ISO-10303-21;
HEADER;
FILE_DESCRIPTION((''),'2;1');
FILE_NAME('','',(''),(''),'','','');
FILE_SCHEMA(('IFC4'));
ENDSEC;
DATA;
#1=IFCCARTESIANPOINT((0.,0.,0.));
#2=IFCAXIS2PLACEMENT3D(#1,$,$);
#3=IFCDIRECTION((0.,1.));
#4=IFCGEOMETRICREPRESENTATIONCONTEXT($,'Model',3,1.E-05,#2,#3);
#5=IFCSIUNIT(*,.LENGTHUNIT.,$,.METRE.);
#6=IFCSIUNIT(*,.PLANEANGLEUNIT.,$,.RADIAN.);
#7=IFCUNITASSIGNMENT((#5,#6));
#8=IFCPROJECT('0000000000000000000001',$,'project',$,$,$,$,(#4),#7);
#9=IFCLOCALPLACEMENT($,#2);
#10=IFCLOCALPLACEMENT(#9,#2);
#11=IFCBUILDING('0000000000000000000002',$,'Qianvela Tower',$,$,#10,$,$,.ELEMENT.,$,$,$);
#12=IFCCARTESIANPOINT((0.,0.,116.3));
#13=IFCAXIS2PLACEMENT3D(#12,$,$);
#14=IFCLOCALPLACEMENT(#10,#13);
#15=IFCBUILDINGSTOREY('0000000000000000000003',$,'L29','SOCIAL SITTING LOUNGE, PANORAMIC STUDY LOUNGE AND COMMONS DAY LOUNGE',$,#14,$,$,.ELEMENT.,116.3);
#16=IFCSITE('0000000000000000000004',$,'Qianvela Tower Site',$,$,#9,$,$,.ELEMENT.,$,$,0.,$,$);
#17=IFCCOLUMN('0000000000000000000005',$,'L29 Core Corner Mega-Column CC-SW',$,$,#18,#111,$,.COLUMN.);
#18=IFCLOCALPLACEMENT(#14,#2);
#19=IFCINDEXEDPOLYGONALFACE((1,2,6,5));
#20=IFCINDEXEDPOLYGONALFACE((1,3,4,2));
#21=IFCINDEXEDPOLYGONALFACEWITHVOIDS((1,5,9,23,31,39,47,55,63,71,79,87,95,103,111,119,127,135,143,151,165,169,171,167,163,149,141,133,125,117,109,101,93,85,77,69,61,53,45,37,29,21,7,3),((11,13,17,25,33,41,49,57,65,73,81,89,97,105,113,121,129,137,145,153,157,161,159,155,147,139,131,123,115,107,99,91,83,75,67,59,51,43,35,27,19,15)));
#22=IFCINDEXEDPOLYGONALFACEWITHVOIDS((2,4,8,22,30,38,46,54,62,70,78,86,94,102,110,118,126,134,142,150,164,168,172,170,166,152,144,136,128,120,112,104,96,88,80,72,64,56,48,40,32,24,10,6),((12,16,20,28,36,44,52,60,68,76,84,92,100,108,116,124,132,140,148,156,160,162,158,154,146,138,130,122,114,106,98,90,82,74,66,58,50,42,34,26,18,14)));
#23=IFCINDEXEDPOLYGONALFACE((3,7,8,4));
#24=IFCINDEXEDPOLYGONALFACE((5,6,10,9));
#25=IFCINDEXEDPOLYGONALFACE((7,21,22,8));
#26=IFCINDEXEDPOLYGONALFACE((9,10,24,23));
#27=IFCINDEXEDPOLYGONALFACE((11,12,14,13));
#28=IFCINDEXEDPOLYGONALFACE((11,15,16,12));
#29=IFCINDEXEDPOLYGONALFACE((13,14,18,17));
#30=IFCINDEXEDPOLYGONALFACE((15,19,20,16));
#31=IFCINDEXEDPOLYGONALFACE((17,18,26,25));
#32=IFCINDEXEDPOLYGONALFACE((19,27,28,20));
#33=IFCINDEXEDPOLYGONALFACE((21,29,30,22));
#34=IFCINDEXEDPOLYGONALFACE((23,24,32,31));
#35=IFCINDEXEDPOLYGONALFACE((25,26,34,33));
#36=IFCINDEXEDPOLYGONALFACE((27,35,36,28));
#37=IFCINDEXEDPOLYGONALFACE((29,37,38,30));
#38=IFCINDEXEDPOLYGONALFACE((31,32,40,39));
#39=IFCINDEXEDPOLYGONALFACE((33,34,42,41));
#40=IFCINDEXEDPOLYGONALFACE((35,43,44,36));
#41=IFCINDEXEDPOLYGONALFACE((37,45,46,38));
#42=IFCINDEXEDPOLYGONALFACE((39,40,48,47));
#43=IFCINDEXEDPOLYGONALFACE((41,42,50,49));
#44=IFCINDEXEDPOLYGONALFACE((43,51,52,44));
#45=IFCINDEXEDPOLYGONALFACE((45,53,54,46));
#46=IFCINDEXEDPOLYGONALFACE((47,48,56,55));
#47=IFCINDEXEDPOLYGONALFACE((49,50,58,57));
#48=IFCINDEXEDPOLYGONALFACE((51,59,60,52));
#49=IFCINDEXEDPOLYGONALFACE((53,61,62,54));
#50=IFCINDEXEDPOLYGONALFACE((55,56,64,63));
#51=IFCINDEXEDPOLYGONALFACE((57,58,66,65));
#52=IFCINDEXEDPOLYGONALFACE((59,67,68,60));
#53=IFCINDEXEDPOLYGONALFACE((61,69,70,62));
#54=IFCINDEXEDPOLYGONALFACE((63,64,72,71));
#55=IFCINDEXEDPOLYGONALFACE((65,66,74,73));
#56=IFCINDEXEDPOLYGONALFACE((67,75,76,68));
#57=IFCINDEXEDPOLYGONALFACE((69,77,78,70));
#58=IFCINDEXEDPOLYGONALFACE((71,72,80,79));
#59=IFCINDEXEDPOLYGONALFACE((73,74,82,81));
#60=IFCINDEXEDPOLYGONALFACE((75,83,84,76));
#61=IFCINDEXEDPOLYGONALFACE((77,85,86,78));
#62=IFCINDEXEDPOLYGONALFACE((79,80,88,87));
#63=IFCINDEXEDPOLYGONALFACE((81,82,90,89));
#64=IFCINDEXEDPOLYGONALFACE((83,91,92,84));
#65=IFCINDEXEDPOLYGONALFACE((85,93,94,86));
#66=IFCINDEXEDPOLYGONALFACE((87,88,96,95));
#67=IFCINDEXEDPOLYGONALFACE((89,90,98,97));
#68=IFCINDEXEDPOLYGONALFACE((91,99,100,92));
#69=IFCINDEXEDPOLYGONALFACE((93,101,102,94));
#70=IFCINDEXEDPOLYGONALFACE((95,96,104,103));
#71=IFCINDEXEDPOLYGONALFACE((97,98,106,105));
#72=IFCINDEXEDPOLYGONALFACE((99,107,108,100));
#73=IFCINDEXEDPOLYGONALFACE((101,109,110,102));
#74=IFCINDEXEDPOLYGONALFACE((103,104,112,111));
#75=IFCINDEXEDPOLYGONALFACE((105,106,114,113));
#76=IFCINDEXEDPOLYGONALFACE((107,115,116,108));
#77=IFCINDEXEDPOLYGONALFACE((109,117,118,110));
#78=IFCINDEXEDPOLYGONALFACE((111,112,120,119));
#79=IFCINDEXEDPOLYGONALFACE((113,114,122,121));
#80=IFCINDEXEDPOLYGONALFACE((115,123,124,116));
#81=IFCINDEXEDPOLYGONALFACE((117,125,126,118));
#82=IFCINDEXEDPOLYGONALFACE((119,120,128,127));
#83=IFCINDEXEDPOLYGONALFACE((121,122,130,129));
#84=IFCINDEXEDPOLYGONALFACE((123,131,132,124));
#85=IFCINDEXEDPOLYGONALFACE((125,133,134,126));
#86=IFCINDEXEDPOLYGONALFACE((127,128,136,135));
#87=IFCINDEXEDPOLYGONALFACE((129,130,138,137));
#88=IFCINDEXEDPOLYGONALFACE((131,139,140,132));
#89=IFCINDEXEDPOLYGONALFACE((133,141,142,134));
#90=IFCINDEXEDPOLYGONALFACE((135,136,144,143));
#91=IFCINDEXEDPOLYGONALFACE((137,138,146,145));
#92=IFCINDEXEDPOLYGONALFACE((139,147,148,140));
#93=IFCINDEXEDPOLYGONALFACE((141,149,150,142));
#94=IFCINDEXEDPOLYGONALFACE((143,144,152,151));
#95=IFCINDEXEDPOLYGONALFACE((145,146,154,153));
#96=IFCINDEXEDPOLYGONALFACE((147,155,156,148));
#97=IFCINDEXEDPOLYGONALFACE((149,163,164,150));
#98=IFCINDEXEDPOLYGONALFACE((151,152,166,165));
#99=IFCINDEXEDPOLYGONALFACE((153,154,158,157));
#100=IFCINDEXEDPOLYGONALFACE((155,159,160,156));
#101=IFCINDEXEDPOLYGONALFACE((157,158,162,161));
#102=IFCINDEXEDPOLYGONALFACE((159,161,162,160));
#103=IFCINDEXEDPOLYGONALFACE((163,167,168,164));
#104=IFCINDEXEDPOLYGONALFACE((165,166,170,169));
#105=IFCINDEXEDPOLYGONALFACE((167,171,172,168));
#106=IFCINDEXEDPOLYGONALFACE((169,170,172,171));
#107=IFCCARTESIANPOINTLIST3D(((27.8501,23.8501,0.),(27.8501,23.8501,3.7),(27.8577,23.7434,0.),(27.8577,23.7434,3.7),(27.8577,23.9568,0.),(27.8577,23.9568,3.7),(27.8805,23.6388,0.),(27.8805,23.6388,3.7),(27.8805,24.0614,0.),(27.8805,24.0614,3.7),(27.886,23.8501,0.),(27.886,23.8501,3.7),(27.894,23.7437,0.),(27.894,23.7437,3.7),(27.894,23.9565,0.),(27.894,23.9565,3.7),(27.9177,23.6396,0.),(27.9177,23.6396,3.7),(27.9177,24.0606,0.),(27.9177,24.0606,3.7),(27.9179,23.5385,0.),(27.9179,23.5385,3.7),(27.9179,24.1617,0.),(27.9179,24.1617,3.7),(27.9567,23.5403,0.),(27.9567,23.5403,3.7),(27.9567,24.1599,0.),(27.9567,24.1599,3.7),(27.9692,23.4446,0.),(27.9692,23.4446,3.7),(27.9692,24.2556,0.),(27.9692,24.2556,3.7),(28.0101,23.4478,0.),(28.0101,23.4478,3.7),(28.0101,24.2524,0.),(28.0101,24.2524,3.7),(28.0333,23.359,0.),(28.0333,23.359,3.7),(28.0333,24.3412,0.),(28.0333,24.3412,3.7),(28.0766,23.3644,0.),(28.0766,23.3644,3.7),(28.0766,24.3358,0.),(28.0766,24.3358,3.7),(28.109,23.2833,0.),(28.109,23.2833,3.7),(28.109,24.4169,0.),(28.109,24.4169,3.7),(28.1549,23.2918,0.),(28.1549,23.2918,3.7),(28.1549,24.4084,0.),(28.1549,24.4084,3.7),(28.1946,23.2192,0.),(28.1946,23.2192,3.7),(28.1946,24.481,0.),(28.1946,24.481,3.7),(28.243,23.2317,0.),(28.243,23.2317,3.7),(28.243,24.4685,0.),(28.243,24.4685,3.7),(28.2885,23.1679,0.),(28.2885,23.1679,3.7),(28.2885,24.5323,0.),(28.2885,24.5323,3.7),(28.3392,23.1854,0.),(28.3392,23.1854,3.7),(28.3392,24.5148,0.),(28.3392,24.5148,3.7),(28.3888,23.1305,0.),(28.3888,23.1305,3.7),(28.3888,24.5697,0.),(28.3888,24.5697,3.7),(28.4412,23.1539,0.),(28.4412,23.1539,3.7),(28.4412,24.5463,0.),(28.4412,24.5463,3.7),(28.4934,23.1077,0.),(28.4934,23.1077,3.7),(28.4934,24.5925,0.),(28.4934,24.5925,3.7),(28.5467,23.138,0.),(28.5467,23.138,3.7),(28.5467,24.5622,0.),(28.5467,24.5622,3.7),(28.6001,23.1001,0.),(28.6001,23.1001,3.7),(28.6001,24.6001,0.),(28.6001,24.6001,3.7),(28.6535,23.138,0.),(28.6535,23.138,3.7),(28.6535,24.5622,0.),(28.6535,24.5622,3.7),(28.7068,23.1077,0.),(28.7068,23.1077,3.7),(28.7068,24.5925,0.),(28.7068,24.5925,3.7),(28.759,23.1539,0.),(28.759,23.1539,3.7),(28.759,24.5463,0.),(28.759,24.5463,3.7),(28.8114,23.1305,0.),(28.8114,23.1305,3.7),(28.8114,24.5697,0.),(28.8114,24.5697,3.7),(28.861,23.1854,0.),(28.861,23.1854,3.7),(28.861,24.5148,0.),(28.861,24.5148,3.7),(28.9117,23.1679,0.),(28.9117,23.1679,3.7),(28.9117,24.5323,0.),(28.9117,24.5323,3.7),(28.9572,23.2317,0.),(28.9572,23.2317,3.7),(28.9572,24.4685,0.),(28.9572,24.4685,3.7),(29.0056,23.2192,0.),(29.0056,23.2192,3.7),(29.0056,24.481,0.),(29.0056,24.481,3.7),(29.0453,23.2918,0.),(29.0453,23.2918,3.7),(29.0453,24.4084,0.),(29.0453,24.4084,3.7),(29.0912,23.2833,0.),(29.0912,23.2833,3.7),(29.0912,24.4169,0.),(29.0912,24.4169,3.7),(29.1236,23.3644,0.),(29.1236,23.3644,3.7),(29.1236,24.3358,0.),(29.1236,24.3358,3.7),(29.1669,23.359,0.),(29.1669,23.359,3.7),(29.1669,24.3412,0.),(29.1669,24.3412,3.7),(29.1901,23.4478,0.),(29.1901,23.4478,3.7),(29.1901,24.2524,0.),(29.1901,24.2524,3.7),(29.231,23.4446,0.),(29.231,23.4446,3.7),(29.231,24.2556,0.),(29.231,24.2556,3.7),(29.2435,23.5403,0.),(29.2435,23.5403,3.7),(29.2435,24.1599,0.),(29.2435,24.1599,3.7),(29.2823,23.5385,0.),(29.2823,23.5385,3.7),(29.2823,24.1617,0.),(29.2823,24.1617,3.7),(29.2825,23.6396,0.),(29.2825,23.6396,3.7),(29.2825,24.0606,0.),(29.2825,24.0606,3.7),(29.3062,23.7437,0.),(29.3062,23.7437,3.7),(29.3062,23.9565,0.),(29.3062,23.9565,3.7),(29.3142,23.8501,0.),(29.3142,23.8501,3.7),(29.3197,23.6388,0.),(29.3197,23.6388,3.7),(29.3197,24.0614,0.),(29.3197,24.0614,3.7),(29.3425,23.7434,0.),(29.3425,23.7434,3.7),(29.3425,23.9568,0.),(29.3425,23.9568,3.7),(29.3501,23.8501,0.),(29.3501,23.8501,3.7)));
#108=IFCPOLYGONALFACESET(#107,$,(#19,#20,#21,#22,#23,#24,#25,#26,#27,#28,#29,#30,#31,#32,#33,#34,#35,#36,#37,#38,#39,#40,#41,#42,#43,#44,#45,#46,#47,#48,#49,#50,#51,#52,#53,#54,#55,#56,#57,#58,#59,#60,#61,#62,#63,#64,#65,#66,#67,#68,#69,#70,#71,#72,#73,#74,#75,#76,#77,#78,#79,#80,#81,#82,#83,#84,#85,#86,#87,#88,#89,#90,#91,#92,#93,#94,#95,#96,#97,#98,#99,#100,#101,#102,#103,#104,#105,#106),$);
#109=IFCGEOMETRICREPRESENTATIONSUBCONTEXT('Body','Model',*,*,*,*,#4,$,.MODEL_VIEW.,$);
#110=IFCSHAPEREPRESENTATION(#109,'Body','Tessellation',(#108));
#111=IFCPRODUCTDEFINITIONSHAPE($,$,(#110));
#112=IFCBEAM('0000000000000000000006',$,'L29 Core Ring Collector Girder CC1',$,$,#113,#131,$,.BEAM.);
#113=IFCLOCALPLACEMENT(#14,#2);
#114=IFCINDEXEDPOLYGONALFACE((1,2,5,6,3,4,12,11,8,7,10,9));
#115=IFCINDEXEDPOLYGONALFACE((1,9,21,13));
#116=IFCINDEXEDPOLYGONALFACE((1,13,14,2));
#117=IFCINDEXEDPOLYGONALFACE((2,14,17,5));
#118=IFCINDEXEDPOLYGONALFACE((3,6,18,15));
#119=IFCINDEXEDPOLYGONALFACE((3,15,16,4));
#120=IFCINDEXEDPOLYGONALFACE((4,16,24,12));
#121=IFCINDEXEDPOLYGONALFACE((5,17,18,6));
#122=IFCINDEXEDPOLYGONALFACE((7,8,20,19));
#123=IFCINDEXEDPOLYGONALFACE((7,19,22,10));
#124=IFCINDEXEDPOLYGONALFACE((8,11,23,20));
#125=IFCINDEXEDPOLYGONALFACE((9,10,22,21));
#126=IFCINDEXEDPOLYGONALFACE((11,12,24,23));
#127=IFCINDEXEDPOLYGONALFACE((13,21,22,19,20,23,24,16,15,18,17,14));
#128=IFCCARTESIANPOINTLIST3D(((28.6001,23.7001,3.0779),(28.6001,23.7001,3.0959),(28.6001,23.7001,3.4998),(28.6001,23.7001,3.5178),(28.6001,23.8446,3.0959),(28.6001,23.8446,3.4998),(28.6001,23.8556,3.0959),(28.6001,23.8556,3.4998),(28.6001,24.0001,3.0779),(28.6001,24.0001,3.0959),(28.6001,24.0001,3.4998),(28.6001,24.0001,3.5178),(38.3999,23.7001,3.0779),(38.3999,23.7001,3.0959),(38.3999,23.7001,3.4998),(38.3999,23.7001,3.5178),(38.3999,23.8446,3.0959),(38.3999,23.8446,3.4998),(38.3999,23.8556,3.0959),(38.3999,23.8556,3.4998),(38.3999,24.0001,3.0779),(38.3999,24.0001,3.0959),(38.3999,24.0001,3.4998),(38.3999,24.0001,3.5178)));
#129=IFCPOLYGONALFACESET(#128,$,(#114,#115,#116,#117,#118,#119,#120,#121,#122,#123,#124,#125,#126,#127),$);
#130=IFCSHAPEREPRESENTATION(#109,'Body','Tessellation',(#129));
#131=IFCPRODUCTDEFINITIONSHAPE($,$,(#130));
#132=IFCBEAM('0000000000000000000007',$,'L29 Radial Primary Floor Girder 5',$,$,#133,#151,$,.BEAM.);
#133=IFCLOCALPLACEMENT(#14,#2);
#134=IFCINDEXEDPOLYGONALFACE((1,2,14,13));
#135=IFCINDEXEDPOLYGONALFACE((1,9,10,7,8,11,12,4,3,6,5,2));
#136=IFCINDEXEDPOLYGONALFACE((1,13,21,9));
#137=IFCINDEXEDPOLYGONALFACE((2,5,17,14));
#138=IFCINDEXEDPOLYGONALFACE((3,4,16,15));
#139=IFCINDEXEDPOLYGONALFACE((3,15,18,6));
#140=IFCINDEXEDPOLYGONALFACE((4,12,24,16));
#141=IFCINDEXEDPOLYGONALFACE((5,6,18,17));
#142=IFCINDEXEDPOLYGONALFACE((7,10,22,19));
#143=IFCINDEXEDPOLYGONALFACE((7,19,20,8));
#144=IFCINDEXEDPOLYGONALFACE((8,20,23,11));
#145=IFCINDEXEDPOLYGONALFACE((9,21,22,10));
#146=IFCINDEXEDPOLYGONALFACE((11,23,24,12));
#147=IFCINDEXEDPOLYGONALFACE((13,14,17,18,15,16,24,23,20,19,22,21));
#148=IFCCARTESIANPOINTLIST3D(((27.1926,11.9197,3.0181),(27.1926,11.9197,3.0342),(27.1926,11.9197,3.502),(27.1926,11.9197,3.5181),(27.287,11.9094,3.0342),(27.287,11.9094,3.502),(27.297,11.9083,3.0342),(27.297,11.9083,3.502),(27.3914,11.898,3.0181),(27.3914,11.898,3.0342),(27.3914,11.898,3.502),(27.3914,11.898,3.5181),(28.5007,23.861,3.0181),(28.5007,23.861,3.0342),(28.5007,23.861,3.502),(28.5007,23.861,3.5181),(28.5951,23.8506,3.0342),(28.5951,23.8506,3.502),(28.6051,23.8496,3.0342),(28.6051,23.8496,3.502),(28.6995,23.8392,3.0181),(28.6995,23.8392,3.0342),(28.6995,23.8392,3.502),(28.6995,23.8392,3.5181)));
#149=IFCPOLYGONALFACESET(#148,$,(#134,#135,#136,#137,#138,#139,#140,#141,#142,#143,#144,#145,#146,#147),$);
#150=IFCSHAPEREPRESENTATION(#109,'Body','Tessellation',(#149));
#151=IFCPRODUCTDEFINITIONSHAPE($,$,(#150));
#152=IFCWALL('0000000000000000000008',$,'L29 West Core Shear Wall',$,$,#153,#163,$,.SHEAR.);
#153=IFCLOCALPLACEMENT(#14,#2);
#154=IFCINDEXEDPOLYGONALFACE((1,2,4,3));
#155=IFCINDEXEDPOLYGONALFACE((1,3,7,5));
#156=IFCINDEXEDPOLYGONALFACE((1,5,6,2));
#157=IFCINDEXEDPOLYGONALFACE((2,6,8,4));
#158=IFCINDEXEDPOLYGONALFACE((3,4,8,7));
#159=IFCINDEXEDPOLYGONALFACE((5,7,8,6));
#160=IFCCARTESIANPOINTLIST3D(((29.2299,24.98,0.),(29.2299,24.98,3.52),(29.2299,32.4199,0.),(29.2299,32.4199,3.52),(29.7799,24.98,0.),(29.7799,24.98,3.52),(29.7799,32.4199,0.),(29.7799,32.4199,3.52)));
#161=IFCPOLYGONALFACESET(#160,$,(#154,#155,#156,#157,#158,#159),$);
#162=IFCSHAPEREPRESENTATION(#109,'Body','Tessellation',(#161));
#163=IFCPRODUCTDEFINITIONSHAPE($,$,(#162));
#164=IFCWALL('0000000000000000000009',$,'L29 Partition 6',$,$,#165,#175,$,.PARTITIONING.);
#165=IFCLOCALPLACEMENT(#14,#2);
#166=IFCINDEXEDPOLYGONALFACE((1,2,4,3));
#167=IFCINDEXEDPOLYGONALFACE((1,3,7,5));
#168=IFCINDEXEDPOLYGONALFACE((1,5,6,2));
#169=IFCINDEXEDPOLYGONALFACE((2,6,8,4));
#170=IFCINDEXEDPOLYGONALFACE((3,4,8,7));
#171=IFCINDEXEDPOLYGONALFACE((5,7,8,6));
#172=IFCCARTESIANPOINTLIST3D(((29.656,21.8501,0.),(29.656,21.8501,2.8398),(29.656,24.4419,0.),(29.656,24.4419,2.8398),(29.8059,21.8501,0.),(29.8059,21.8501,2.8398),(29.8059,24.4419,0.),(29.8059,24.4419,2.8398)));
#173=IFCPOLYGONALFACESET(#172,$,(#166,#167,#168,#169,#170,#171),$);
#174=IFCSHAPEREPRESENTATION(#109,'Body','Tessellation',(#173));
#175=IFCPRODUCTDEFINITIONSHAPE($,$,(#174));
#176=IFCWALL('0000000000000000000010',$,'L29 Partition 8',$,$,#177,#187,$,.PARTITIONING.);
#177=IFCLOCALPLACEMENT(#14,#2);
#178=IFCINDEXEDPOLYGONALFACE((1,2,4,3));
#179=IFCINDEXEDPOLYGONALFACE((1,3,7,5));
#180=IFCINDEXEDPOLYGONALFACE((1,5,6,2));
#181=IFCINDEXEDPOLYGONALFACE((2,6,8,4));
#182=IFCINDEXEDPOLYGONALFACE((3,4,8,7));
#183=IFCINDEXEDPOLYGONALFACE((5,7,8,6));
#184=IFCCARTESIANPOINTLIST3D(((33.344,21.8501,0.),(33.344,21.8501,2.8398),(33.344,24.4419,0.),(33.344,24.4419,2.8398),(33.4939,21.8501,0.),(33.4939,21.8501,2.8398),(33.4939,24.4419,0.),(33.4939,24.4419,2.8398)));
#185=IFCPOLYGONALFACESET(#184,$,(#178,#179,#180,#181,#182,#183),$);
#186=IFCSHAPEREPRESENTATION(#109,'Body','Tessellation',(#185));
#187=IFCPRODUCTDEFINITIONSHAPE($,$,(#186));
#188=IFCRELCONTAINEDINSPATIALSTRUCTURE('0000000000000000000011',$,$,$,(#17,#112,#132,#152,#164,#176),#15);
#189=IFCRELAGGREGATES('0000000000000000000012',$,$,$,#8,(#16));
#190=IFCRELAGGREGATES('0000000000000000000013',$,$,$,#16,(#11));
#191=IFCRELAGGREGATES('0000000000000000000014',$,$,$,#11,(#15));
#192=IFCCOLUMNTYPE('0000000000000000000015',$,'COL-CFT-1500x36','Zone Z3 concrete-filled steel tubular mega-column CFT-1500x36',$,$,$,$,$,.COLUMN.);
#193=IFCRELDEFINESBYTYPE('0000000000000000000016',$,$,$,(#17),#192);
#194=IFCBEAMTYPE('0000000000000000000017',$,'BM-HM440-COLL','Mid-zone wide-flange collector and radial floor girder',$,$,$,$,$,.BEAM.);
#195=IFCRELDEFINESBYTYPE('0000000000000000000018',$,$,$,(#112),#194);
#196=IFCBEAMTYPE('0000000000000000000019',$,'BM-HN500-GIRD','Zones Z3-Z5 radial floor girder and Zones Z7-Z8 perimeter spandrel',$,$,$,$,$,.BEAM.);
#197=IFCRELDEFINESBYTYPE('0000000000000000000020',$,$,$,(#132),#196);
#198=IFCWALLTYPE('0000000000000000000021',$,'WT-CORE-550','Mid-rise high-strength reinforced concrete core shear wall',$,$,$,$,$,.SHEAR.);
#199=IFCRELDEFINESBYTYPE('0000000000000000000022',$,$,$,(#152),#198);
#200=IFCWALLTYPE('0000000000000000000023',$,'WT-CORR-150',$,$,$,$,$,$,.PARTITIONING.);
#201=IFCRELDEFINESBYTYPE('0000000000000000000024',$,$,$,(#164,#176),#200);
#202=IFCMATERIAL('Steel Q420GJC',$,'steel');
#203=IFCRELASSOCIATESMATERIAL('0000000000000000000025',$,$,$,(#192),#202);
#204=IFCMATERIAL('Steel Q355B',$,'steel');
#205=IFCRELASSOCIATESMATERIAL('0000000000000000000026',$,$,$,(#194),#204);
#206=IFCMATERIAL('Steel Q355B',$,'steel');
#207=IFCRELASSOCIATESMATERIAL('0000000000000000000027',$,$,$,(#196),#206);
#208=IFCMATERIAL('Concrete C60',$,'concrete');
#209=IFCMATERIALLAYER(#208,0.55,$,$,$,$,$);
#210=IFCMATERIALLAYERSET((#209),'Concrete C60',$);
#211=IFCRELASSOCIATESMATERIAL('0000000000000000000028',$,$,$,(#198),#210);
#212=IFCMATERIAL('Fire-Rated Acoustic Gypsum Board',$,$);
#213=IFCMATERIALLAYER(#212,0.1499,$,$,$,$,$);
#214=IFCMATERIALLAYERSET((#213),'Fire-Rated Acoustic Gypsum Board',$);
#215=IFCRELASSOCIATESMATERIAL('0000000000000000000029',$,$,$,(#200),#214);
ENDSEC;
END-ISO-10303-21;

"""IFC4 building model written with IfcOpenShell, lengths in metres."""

from ifc_helpers import new_model, si_unit, direction, frame, frame_2d, origin, origin_2d, place, context, subcontext, project, spatial, rectangle, hollow_circle, i_section, extrude, material, layer, layer_set, material_profile, profile_set, type_object, element, save


model = new_model("IFC4")

# Units and contexts
model_context = context("Model", 3, precision=1e-05, world=origin(), true_north=direction((0.0, 1.0)))
body_context = subcontext(model_context, "Body", "Model", "MODEL_VIEW")
ifc_project = project(units=[si_unit("LENGTHUNIT", "METRE"), si_unit("PLANEANGLEUNIT", "RADIAN")], contexts=[model_context])

# Site, building, storey
site_placement = place(None, origin())
site = spatial("IfcSite", under=ifc_project, at=site_placement, Name="Qianvela Tower Site", CompositionType="ELEMENT", RefElevation=0.0)
building_placement = place(site_placement, origin())
building = spatial("IfcBuilding", under=site, at=building_placement, Name="Qianvela Tower", CompositionType="ELEMENT")
storey_placement = place(building_placement, frame((0.0, 0.0, 116.3)))
storey = spatial("IfcBuildingStorey", under=building, at=storey_placement, Name="L29", Description="SOCIAL SITTING LOUNGE, PANORAMIC STUDY LOUNGE AND COMMONS DAY LOUNGE", CompositionType="ELEMENT", Elevation=116.3)

# Column
ifc_material_1 = material(Name="Steel Q420GJC", Category="steel")
ifc_material_profile_1 = material_profile(ifc_material_1, hollow_circle(Radius=0.75, WallThickness=0.0359, at=origin_2d()), Name="CFT-1500x36")
ifc_profile_set_1 = profile_set([ifc_material_profile_1], Name="Steel Q420GJC")
column_type = type_object("IfcColumnType", Name="COL-CFT-1500x36", Description="Zone Z3 concrete-filled steel tubular mega-column CFT-1500x36", PredefinedType="COLUMN", material=ifc_profile_set_1)
column_placement = place(storey_placement, frame((28.6001, 23.8501, 0.0), z_axis=(0.0, 0.0, 1.0), x_axis=(1.0, 0.0, 0.0)))
element("IfcColumn", 1, at=column_placement, inside=storey, type_object=column_type, Name="L29 Core Corner Mega-Column CC-SW", PredefinedType="COLUMN", context=body_context, shape_type="SweptSolid", body=[
    extrude(hollow_circle(Radius=0.75, WallThickness=0.0359, at=origin_2d()), origin(), (0.0, 0.0, 1.0), 3.7),
])

# Beams
ifc_material_2 = material(Name="Steel Q355B", Category="steel")
ifc_material_profile_2 = material_profile(ifc_material_2, i_section(OverallWidth=0.3, OverallDepth=0.4399, WebThickness=0.011, FlangeThickness=0.0181, at=origin_2d()), Name="HM440x300x11x18")
ifc_profile_set_2 = profile_set([ifc_material_profile_2], Name="Steel Q355B")
beam_type_1 = type_object("IfcBeamType", Name="BM-HM440-COLL", Description="Mid-zone wide-flange collector and radial floor girder", PredefinedType="BEAM", material=ifc_profile_set_2)
beam_1_placement = place(storey_placement, frame((28.6001, 23.8501, 3.2979), z_axis=(1.0, 0.0, 0.0), x_axis=(0.0, 1.0, 0.0)))
element("IfcBeam", 2, at=beam_1_placement, inside=storey, type_object=beam_type_1, Name="L29 Core Ring Collector Girder CC1", PredefinedType="BEAM", context=body_context, shape_type="SweptSolid", body=[
    extrude(i_section(OverallWidth=0.3, OverallDepth=0.4399, WebThickness=0.011, FlangeThickness=0.0181, at=origin_2d()), origin(), (0.0, 0.0, 1.0), 9.7998),
])
ifc_material_3 = material(Name="Steel Q355B", Category="steel")
ifc_material_profile_3 = material_profile(ifc_material_3, i_section(OverallWidth=0.2, OverallDepth=0.5, WebThickness=0.01, FlangeThickness=0.0161, at=origin_2d()), Name="HN500x200x10x16")
ifc_profile_set_3 = profile_set([ifc_material_profile_3], Name="Steel Q355B")
beam_type_2 = type_object("IfcBeamType", Name="BM-HN500-GIRD", Description="Zones Z3-Z5 radial floor girder and Zones Z7-Z8 perimeter spandrel", PredefinedType="BEAM", material=ifc_profile_set_3)
beam_2_placement = place(storey_placement, frame((28.6001, 23.8501, 3.2681), z_axis=(-0.108894, -0.994053, 0.0), x_axis=(0.994053, -0.108894, 0.0)))
element("IfcBeam", 3, at=beam_2_placement, inside=storey, type_object=beam_type_2, Name="L29 Radial Primary Floor Girder 5", PredefinedType="BEAM", context=body_context, shape_type="SweptSolid", body=[
    extrude(i_section(OverallWidth=0.2, OverallDepth=0.5, WebThickness=0.01, FlangeThickness=0.0161, at=origin_2d()), origin(), (0.0, 0.0, 1.0), 12.0127),
])

# Shared definitions
ifc_material_4 = material(Name="Concrete C60", Category="concrete")
ifc_layer_1 = layer(ifc_material_4, 0.55)
ifc_layer_set_1 = layer_set([ifc_layer_1], Name="Concrete C60")
wall_type_1 = type_object("IfcWallType", Name="WT-CORE-550", Description="Mid-rise high-strength reinforced concrete core shear wall", PredefinedType="SHEAR", material=ifc_layer_set_1)

# Wall
wall_1_placement = place(storey_placement, frame((29.5049, 24.98, 0.0), z_axis=(0.0, 0.0, 1.0), x_axis=(0.0, 1.0, 0.0)))
element("IfcWall", 4, at=wall_1_placement, inside=storey, type_object=wall_type_1, Name="L29 West Core Shear Wall", PredefinedType="SHEAR", context=body_context, shape_type="SweptSolid", body=[
    extrude(rectangle(XDim=7.4399, YDim=0.55, at=frame_2d((3.72, 0.0))), origin(), (0.0, 0.0, 1.0), 3.52),
])

# Shared definitions
ifc_material_5 = material(Name="Fire-Rated Acoustic Gypsum Board")
ifc_layer_2 = layer(ifc_material_5, 0.1499)
ifc_layer_set_2 = layer_set([ifc_layer_2], Name="Fire-Rated Acoustic Gypsum Board")
wall_type_2 = type_object("IfcWallType", Name="WT-CORR-150", PredefinedType="PARTITIONING", material=ifc_layer_set_2)

# Walls
for number, where, z_axis, x_axis, name in (
    (5, (29.731, 21.8501, 0.0), (0.0, 0.0, 1.0), (0.0, 1.0, 0.0), "L29 Partition 6"),
    (6, (33.4189, 24.4419, 0.0), (0.0, 0.0, 1.0), (0.0, -1.0, 0.0), "L29 Partition 8"),
):
    element("IfcWall", number, at=place(storey_placement, frame(where, z_axis=z_axis, x_axis=x_axis)), inside=storey, type_object=wall_type_2, Name=name, PredefinedType="PARTITIONING", context=body_context, shape_type="SweptSolid", body=[
        extrude(rectangle(XDim=2.5918, YDim=0.1499, at=frame_2d((1.2959, 0.0))), origin(), (0.0, 0.0, 1.0), 2.8398),
    ])

save(model, "model.ifc")
